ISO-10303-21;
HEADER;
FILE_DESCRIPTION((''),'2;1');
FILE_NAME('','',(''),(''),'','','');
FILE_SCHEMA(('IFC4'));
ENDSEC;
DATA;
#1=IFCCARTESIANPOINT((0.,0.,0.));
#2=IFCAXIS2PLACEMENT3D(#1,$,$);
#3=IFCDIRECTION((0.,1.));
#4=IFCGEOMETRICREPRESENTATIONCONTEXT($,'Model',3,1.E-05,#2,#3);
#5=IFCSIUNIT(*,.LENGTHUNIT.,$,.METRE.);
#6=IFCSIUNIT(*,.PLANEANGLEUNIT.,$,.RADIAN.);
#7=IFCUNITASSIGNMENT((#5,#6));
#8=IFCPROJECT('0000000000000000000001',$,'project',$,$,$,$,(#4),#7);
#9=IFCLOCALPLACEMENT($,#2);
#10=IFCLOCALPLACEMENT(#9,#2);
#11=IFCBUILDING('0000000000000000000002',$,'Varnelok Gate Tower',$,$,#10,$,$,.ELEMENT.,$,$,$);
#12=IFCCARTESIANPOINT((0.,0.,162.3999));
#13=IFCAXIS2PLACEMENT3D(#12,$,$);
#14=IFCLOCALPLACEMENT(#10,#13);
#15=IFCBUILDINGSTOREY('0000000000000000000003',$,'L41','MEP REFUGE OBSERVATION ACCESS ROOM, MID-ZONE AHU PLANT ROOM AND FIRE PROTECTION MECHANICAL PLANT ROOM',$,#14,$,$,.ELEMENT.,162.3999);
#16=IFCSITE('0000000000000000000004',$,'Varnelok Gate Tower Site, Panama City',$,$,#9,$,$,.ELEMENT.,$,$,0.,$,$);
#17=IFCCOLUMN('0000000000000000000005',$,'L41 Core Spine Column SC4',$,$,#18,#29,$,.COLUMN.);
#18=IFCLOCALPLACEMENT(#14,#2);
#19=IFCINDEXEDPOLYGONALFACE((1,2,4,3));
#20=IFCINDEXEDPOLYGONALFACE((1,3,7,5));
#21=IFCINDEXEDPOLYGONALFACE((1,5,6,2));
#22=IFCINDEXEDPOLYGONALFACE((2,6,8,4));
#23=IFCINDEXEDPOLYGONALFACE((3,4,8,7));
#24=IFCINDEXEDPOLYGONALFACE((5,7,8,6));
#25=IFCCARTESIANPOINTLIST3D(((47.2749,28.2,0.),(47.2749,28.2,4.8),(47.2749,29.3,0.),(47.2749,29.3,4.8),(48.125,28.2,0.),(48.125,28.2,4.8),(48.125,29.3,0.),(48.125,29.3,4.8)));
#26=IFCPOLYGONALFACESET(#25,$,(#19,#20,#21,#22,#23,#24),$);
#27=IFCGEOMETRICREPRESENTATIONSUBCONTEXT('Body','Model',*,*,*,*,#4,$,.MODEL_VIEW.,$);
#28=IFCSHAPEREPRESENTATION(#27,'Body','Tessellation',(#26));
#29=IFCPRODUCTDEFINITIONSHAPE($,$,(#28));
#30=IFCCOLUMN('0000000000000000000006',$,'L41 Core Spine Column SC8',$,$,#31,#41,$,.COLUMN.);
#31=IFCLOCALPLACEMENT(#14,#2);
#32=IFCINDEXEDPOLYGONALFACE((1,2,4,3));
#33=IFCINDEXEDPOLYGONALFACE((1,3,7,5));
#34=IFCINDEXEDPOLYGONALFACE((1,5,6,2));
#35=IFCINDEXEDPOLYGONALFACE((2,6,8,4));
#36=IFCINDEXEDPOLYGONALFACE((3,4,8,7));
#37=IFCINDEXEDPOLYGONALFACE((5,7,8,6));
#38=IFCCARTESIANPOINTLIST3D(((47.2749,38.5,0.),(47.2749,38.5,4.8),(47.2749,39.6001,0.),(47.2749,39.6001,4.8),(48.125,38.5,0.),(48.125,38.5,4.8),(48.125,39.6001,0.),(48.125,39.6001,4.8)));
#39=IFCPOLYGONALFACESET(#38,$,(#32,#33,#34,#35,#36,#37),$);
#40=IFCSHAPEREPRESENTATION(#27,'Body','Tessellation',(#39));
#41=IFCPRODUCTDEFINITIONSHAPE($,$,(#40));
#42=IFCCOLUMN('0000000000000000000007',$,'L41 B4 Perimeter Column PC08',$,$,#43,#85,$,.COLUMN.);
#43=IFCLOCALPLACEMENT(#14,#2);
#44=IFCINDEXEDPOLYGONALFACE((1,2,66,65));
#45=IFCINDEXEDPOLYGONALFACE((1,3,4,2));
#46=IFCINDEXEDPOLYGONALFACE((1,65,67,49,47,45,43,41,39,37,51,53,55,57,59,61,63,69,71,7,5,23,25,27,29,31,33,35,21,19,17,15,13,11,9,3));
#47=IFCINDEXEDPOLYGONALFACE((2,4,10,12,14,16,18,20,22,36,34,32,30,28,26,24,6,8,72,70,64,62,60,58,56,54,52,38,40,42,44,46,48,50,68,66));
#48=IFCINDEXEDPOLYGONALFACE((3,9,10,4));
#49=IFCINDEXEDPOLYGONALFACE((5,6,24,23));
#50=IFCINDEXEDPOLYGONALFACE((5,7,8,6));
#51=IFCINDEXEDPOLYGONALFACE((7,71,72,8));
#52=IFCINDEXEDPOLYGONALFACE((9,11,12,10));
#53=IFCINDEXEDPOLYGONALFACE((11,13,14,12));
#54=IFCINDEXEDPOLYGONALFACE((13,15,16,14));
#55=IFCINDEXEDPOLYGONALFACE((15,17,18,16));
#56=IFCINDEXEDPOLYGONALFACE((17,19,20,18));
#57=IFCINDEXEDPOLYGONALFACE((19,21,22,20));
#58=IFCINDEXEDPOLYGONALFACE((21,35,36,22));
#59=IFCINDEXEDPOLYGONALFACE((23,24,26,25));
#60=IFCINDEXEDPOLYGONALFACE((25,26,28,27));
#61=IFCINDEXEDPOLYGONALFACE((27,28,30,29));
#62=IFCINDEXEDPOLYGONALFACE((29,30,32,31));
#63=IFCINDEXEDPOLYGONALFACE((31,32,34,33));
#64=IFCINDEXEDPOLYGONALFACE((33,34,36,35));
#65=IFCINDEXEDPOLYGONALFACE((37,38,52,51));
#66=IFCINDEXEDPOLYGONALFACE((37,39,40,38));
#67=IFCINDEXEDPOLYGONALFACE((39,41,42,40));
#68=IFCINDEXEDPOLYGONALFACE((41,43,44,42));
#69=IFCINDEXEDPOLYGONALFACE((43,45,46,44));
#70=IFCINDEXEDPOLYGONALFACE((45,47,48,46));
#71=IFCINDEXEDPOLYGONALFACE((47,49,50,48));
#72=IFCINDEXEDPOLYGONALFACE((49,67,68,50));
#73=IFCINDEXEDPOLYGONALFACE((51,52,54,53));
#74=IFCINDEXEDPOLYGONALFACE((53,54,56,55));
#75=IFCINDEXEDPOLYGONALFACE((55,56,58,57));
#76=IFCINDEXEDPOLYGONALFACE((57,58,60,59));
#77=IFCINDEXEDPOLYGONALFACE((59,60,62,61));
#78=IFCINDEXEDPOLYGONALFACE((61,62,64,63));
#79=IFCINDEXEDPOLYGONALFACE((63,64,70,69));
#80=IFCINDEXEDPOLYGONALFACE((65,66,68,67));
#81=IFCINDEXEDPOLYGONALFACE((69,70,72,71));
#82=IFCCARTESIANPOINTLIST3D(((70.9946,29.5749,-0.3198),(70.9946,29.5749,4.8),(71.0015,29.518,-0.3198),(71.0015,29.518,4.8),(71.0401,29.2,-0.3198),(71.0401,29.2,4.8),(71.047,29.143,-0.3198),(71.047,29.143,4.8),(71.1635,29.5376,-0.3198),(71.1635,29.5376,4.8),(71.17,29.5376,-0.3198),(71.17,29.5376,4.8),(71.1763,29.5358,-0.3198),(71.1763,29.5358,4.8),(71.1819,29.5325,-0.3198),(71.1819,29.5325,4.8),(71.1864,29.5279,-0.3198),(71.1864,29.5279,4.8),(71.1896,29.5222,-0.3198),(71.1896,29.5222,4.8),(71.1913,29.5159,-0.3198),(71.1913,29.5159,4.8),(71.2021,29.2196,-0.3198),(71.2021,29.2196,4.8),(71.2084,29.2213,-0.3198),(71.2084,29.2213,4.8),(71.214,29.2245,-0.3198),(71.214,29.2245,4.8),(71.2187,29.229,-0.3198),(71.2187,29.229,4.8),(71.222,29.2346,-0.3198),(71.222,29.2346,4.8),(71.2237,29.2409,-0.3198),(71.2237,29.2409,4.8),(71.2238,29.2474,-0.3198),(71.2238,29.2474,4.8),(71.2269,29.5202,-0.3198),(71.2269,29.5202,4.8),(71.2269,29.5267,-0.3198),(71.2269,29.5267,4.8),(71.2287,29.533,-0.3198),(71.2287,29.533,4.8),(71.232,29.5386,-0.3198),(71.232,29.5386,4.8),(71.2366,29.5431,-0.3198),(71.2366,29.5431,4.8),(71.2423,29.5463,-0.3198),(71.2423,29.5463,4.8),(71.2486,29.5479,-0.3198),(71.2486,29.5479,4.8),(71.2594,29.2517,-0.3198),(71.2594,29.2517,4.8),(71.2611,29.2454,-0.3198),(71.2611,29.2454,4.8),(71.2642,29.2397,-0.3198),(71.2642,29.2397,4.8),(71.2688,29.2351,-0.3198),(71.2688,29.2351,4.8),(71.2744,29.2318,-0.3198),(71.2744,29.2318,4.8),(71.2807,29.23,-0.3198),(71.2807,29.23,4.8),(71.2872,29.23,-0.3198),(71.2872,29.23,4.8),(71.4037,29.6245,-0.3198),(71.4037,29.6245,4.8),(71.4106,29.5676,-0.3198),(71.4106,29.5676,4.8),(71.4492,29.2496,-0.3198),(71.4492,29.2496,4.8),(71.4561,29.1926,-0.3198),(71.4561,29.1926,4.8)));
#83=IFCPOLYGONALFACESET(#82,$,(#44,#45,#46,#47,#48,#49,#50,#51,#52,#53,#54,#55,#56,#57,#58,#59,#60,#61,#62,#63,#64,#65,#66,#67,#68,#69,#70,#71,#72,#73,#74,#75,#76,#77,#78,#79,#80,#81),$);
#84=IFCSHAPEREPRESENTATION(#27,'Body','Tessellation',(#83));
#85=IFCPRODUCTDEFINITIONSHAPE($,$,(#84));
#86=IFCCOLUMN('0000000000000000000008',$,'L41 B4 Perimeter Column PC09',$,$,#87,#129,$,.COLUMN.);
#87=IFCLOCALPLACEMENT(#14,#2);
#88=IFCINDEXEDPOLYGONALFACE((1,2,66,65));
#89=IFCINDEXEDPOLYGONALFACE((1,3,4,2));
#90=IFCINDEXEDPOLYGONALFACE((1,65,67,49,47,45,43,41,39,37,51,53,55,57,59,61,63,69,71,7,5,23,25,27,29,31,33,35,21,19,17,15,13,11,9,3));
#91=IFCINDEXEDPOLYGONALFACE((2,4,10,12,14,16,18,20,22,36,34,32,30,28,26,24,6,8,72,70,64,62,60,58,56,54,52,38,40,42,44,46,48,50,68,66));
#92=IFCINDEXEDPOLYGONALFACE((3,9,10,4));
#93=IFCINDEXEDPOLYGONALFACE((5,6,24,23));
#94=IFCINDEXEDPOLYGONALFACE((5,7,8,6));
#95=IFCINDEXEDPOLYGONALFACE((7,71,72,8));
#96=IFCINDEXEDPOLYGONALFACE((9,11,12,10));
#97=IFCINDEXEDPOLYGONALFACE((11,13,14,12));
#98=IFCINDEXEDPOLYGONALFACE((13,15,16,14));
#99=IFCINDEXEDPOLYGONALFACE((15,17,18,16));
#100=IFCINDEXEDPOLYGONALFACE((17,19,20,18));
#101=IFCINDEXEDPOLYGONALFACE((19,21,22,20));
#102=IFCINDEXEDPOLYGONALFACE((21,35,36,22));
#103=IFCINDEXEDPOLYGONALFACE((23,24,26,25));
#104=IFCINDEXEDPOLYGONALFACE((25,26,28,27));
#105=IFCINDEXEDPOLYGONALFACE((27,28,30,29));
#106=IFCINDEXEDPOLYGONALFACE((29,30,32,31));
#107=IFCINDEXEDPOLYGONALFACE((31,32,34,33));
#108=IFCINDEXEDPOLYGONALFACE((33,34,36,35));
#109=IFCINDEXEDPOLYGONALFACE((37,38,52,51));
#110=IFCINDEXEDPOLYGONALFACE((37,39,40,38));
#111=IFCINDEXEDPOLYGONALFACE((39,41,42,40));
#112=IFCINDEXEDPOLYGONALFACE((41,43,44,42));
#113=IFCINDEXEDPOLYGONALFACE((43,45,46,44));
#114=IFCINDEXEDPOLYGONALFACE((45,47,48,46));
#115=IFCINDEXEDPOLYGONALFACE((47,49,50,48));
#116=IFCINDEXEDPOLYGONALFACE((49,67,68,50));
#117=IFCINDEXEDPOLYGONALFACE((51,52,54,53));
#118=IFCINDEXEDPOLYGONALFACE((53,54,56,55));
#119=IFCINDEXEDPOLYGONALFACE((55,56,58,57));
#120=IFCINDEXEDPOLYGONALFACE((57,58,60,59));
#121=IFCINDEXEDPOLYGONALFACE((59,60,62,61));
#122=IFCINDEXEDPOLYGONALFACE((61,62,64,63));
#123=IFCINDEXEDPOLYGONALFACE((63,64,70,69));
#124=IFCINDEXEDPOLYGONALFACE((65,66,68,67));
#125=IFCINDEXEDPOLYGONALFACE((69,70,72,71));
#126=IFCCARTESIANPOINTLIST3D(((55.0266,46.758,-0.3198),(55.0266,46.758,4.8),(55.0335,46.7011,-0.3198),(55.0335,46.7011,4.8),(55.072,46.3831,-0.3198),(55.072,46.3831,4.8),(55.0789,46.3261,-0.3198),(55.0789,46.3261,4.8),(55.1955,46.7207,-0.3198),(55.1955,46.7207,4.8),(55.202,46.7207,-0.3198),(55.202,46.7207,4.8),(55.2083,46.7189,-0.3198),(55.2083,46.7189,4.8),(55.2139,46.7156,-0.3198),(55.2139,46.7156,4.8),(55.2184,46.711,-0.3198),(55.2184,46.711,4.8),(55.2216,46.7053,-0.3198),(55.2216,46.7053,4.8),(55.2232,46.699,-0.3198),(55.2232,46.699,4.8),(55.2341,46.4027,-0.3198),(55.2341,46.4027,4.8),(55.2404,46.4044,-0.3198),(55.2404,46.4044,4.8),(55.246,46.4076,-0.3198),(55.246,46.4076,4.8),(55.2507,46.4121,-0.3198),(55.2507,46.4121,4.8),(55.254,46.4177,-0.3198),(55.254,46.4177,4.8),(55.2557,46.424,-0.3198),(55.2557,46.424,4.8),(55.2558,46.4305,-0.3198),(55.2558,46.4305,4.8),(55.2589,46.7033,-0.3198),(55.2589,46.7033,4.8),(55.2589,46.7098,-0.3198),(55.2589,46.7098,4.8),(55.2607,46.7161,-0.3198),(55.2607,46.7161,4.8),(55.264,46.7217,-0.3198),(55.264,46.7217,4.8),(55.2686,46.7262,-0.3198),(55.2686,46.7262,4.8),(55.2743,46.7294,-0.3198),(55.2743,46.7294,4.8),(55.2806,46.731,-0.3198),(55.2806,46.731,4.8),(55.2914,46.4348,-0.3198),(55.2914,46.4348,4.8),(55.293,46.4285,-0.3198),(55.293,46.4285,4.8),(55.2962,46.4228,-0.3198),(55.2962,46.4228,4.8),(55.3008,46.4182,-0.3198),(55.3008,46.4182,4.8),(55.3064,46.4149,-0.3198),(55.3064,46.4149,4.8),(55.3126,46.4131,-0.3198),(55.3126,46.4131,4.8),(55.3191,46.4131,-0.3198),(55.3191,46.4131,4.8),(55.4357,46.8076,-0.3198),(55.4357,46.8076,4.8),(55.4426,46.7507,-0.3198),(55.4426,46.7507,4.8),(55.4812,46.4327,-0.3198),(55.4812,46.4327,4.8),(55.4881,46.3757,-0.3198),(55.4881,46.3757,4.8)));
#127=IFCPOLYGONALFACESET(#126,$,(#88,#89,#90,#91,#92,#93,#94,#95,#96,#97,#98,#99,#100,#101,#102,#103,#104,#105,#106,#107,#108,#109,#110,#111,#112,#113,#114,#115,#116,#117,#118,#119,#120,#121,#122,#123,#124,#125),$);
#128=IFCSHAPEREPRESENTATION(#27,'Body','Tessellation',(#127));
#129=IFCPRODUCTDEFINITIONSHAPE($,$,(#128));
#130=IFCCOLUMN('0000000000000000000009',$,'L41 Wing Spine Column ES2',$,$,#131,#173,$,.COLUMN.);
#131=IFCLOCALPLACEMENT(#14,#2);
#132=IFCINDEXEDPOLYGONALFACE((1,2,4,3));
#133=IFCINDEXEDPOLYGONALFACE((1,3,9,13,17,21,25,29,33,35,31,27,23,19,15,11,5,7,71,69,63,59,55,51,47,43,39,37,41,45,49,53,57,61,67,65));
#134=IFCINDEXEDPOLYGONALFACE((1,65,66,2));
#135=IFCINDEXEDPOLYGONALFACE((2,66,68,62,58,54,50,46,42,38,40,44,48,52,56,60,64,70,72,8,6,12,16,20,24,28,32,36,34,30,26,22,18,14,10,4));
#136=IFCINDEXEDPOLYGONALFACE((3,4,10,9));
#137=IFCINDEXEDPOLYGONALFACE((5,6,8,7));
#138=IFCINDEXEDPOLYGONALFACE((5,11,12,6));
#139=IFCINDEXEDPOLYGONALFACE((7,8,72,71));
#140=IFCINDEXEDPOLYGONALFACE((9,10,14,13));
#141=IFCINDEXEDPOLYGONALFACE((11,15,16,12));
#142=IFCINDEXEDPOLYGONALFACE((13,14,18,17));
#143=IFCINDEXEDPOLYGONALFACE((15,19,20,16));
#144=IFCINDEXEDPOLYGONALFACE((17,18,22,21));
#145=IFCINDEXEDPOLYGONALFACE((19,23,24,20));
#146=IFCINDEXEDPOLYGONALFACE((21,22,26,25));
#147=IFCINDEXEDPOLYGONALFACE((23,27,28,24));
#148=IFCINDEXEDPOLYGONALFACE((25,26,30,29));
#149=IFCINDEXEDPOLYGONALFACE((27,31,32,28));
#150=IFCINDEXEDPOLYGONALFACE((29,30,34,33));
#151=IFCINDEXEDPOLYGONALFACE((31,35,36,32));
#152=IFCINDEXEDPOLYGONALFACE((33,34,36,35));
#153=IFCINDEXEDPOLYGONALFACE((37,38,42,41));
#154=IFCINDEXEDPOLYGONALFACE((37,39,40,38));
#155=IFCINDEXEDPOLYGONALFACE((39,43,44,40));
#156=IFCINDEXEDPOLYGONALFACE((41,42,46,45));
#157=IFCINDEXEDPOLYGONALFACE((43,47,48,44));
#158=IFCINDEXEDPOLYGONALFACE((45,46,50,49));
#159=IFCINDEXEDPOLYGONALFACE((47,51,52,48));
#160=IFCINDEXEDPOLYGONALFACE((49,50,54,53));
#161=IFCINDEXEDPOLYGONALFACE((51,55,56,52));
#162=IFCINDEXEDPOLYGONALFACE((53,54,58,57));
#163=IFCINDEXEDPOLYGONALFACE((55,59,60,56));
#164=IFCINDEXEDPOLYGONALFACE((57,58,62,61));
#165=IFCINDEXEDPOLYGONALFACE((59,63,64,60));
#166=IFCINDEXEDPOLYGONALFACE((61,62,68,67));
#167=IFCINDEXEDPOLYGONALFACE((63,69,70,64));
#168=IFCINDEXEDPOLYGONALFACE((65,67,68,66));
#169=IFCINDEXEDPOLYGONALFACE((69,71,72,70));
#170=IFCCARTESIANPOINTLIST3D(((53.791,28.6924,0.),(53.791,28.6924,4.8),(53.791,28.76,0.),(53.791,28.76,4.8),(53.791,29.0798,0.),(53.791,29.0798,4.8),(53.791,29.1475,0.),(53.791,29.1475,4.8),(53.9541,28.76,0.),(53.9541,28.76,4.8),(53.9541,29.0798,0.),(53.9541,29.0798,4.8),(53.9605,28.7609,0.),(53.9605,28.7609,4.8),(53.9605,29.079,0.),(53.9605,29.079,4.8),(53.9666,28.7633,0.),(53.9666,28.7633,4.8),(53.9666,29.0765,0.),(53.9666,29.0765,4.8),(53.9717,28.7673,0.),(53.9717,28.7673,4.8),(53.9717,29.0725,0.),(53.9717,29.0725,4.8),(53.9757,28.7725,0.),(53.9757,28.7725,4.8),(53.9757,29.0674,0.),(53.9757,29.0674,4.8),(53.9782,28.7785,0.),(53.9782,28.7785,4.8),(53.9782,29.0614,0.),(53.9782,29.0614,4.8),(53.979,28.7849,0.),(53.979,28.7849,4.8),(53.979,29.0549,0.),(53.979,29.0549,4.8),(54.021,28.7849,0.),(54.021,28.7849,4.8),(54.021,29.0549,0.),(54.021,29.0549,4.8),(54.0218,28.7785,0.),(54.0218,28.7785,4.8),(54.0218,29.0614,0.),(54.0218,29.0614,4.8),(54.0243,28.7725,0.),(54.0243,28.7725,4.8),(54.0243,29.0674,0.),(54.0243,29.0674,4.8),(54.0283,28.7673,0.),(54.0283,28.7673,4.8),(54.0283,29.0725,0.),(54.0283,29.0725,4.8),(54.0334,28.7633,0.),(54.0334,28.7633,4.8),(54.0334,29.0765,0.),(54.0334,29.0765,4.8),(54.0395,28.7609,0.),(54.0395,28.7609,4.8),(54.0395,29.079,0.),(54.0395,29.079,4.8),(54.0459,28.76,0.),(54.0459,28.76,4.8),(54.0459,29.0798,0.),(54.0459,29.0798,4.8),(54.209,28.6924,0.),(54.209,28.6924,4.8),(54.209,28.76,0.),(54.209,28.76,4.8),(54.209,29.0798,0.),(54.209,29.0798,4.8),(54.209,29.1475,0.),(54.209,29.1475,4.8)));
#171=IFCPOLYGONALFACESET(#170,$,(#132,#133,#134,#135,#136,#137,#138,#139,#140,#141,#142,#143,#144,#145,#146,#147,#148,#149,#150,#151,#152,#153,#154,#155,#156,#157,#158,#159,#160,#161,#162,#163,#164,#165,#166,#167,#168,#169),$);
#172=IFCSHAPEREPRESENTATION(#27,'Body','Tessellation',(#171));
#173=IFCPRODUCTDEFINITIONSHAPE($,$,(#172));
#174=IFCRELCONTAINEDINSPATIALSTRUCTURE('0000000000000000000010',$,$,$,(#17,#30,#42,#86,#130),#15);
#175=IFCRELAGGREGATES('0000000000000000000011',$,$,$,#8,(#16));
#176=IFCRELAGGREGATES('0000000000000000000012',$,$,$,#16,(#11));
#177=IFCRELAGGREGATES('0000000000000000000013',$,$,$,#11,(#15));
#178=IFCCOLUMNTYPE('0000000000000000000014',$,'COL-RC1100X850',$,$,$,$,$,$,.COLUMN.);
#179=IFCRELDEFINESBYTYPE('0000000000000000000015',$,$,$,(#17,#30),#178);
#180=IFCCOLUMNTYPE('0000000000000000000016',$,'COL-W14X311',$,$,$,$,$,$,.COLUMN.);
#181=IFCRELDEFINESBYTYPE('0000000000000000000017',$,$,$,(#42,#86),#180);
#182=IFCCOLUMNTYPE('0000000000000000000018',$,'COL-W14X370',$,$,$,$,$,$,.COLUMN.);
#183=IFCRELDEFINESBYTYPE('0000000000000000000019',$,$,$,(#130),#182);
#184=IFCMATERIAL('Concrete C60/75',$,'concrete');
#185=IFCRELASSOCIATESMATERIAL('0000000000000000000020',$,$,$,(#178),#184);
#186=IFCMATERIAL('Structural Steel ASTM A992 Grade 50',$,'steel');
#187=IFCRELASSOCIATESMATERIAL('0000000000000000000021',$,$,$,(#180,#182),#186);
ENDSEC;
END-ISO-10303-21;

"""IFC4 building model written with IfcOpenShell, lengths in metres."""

from ifc_helpers import new_model, si_unit, direction, frame, origin, origin_2d, place, context, subcontext, project, spatial, rectangle, i_section, extrude, material, material_profile, profile_set, type_object, element, save


model = new_model("IFC4")

# Units and contexts
model_context = context("Model", 3, precision=1e-05, world=origin(), true_north=direction((0.0, 1.0)))
body_context = subcontext(model_context, "Body", "Model", "MODEL_VIEW")
ifc_project = project(units=[si_unit("LENGTHUNIT", "METRE"), si_unit("PLANEANGLEUNIT", "RADIAN")], contexts=[model_context])

# Site, building, storey
site_placement = place(None, origin())
site = spatial("IfcSite", under=ifc_project, at=site_placement, Name="Varnelok Gate Tower Site, Panama City", CompositionType="ELEMENT", RefElevation=0.0)
building_placement = place(site_placement, origin())
building = spatial("IfcBuilding", under=site, at=building_placement, Name="Varnelok Gate Tower", CompositionType="ELEMENT")
storey_placement = place(building_placement, frame((0.0, 0.0, 162.3999)))
storey = spatial("IfcBuildingStorey", under=building, at=storey_placement, Name="L41", Description="MEP REFUGE OBSERVATION ACCESS ROOM, MID-ZONE AHU PLANT ROOM AND FIRE PROTECTION MECHANICAL PLANT ROOM", CompositionType="ELEMENT", Elevation=162.3999)

# Columns
ifc_material_1 = material(Name="Concrete C60/75", Category="concrete")
ifc_material_profile_1 = material_profile(ifc_material_1, rectangle(XDim=0.8501, YDim=1.1001, at=origin_2d()), Name="RC1100X850")
ifc_profile_set_1 = profile_set([ifc_material_profile_1], Name="Concrete C60/75")
column_type_1 = type_object("IfcColumnType", Name="COL-RC1100X850", PredefinedType="COLUMN", material=ifc_profile_set_1)
for number, where, z_axis, x_axis, name in (
    (1, (47.7, 28.75, 0.0), (0.0, 0.0, 1.0), (1.0, 0.0, 0.0), "L41 Core Spine Column SC4"),
    (2, (47.7, 39.05, 0.0), (0.0, 0.0, 1.0), (1.0, 0.0, 0.0), "L41 Core Spine Column SC8"),
):
    element("IfcColumn", number, at=place(storey_placement, frame(where, z_axis=z_axis, x_axis=x_axis)), inside=storey, type_object=column_type_1, Name=name, PredefinedType="COLUMN", context=body_context, shape_type="SweptSolid", body=[
        extrude(rectangle(XDim=0.8501, YDim=1.1001, at=origin_2d()), origin(), (0.0, 0.0, 1.0), 4.8),
    ])
ifc_material_2 = material(Name="Structural Steel ASTM A992 Grade 50", Category="steel")
ifc_material_profile_2 = material_profile(ifc_material_2, i_section(OverallWidth=0.4121, OverallDepth=0.4351, WebThickness=0.0359, FlangeThickness=0.0574, FilletRadius=0.0249, at=origin_2d()), Name="W14X311")
ifc_profile_set_2 = profile_set([ifc_material_profile_2], Name="Structural Steel ASTM A992 Grade 50")
column_type_2 = type_object("IfcColumnType", Name="COL-W14X311", PredefinedType="COLUMN", material=ifc_profile_set_2)
for number, where, z_axis, x_axis, name in (
    (3, (71.2253, 29.3838, -0.3198), (0.0, 0.0, 1.0), (0.992732, 0.120345, 0.0), "L41 B4 Perimeter Column PC08"),
    (4, (55.2573, 46.5669, -0.3198), (0.0, 0.0, 1.0), (0.992732, 0.120345, 0.0), "L41 B4 Perimeter Column PC09"),
):
    element("IfcColumn", number, at=place(storey_placement, frame(where, z_axis=z_axis, x_axis=x_axis)), inside=storey, type_object=column_type_2, Name=name, PredefinedType="COLUMN", context=body_context, shape_type="SweptSolid", body=[
        extrude(i_section(OverallWidth=0.4121, OverallDepth=0.4351, WebThickness=0.0359, FlangeThickness=0.0574, FilletRadius=0.0249, at=origin_2d()), origin(), (0.0, 0.0, 1.0), 5.1199),
    ])
ifc_material_profile_3 = material_profile(ifc_material_2, i_section(OverallWidth=0.418, OverallDepth=0.4551, WebThickness=0.042, FlangeThickness=0.0676, FilletRadius=0.0249, at=origin_2d()), Name="W14X370")
ifc_profile_set_3 = profile_set([ifc_material_profile_3], Name="Structural Steel ASTM A992 Grade 50")
column_type_3 = type_object("IfcColumnType", Name="COL-W14X370", PredefinedType="COLUMN", material=ifc_profile_set_3)
column_placement = place(storey_placement, frame((54.0, 28.9199, 0.0), z_axis=(0.0, 0.0, 1.0), x_axis=(1.0, 0.0, 0.0)))
element("IfcColumn", 5, at=column_placement, inside=storey, type_object=column_type_3, Name="L41 Wing Spine Column ES2", PredefinedType="COLUMN", context=body_context, shape_type="SweptSolid", body=[
    extrude(i_section(OverallWidth=0.418, OverallDepth=0.4551, WebThickness=0.042, FlangeThickness=0.0676, FilletRadius=0.0249, at=origin_2d()), origin(), (0.0, 0.0, 1.0), 4.8),
])

save(model, "model.ifc")
